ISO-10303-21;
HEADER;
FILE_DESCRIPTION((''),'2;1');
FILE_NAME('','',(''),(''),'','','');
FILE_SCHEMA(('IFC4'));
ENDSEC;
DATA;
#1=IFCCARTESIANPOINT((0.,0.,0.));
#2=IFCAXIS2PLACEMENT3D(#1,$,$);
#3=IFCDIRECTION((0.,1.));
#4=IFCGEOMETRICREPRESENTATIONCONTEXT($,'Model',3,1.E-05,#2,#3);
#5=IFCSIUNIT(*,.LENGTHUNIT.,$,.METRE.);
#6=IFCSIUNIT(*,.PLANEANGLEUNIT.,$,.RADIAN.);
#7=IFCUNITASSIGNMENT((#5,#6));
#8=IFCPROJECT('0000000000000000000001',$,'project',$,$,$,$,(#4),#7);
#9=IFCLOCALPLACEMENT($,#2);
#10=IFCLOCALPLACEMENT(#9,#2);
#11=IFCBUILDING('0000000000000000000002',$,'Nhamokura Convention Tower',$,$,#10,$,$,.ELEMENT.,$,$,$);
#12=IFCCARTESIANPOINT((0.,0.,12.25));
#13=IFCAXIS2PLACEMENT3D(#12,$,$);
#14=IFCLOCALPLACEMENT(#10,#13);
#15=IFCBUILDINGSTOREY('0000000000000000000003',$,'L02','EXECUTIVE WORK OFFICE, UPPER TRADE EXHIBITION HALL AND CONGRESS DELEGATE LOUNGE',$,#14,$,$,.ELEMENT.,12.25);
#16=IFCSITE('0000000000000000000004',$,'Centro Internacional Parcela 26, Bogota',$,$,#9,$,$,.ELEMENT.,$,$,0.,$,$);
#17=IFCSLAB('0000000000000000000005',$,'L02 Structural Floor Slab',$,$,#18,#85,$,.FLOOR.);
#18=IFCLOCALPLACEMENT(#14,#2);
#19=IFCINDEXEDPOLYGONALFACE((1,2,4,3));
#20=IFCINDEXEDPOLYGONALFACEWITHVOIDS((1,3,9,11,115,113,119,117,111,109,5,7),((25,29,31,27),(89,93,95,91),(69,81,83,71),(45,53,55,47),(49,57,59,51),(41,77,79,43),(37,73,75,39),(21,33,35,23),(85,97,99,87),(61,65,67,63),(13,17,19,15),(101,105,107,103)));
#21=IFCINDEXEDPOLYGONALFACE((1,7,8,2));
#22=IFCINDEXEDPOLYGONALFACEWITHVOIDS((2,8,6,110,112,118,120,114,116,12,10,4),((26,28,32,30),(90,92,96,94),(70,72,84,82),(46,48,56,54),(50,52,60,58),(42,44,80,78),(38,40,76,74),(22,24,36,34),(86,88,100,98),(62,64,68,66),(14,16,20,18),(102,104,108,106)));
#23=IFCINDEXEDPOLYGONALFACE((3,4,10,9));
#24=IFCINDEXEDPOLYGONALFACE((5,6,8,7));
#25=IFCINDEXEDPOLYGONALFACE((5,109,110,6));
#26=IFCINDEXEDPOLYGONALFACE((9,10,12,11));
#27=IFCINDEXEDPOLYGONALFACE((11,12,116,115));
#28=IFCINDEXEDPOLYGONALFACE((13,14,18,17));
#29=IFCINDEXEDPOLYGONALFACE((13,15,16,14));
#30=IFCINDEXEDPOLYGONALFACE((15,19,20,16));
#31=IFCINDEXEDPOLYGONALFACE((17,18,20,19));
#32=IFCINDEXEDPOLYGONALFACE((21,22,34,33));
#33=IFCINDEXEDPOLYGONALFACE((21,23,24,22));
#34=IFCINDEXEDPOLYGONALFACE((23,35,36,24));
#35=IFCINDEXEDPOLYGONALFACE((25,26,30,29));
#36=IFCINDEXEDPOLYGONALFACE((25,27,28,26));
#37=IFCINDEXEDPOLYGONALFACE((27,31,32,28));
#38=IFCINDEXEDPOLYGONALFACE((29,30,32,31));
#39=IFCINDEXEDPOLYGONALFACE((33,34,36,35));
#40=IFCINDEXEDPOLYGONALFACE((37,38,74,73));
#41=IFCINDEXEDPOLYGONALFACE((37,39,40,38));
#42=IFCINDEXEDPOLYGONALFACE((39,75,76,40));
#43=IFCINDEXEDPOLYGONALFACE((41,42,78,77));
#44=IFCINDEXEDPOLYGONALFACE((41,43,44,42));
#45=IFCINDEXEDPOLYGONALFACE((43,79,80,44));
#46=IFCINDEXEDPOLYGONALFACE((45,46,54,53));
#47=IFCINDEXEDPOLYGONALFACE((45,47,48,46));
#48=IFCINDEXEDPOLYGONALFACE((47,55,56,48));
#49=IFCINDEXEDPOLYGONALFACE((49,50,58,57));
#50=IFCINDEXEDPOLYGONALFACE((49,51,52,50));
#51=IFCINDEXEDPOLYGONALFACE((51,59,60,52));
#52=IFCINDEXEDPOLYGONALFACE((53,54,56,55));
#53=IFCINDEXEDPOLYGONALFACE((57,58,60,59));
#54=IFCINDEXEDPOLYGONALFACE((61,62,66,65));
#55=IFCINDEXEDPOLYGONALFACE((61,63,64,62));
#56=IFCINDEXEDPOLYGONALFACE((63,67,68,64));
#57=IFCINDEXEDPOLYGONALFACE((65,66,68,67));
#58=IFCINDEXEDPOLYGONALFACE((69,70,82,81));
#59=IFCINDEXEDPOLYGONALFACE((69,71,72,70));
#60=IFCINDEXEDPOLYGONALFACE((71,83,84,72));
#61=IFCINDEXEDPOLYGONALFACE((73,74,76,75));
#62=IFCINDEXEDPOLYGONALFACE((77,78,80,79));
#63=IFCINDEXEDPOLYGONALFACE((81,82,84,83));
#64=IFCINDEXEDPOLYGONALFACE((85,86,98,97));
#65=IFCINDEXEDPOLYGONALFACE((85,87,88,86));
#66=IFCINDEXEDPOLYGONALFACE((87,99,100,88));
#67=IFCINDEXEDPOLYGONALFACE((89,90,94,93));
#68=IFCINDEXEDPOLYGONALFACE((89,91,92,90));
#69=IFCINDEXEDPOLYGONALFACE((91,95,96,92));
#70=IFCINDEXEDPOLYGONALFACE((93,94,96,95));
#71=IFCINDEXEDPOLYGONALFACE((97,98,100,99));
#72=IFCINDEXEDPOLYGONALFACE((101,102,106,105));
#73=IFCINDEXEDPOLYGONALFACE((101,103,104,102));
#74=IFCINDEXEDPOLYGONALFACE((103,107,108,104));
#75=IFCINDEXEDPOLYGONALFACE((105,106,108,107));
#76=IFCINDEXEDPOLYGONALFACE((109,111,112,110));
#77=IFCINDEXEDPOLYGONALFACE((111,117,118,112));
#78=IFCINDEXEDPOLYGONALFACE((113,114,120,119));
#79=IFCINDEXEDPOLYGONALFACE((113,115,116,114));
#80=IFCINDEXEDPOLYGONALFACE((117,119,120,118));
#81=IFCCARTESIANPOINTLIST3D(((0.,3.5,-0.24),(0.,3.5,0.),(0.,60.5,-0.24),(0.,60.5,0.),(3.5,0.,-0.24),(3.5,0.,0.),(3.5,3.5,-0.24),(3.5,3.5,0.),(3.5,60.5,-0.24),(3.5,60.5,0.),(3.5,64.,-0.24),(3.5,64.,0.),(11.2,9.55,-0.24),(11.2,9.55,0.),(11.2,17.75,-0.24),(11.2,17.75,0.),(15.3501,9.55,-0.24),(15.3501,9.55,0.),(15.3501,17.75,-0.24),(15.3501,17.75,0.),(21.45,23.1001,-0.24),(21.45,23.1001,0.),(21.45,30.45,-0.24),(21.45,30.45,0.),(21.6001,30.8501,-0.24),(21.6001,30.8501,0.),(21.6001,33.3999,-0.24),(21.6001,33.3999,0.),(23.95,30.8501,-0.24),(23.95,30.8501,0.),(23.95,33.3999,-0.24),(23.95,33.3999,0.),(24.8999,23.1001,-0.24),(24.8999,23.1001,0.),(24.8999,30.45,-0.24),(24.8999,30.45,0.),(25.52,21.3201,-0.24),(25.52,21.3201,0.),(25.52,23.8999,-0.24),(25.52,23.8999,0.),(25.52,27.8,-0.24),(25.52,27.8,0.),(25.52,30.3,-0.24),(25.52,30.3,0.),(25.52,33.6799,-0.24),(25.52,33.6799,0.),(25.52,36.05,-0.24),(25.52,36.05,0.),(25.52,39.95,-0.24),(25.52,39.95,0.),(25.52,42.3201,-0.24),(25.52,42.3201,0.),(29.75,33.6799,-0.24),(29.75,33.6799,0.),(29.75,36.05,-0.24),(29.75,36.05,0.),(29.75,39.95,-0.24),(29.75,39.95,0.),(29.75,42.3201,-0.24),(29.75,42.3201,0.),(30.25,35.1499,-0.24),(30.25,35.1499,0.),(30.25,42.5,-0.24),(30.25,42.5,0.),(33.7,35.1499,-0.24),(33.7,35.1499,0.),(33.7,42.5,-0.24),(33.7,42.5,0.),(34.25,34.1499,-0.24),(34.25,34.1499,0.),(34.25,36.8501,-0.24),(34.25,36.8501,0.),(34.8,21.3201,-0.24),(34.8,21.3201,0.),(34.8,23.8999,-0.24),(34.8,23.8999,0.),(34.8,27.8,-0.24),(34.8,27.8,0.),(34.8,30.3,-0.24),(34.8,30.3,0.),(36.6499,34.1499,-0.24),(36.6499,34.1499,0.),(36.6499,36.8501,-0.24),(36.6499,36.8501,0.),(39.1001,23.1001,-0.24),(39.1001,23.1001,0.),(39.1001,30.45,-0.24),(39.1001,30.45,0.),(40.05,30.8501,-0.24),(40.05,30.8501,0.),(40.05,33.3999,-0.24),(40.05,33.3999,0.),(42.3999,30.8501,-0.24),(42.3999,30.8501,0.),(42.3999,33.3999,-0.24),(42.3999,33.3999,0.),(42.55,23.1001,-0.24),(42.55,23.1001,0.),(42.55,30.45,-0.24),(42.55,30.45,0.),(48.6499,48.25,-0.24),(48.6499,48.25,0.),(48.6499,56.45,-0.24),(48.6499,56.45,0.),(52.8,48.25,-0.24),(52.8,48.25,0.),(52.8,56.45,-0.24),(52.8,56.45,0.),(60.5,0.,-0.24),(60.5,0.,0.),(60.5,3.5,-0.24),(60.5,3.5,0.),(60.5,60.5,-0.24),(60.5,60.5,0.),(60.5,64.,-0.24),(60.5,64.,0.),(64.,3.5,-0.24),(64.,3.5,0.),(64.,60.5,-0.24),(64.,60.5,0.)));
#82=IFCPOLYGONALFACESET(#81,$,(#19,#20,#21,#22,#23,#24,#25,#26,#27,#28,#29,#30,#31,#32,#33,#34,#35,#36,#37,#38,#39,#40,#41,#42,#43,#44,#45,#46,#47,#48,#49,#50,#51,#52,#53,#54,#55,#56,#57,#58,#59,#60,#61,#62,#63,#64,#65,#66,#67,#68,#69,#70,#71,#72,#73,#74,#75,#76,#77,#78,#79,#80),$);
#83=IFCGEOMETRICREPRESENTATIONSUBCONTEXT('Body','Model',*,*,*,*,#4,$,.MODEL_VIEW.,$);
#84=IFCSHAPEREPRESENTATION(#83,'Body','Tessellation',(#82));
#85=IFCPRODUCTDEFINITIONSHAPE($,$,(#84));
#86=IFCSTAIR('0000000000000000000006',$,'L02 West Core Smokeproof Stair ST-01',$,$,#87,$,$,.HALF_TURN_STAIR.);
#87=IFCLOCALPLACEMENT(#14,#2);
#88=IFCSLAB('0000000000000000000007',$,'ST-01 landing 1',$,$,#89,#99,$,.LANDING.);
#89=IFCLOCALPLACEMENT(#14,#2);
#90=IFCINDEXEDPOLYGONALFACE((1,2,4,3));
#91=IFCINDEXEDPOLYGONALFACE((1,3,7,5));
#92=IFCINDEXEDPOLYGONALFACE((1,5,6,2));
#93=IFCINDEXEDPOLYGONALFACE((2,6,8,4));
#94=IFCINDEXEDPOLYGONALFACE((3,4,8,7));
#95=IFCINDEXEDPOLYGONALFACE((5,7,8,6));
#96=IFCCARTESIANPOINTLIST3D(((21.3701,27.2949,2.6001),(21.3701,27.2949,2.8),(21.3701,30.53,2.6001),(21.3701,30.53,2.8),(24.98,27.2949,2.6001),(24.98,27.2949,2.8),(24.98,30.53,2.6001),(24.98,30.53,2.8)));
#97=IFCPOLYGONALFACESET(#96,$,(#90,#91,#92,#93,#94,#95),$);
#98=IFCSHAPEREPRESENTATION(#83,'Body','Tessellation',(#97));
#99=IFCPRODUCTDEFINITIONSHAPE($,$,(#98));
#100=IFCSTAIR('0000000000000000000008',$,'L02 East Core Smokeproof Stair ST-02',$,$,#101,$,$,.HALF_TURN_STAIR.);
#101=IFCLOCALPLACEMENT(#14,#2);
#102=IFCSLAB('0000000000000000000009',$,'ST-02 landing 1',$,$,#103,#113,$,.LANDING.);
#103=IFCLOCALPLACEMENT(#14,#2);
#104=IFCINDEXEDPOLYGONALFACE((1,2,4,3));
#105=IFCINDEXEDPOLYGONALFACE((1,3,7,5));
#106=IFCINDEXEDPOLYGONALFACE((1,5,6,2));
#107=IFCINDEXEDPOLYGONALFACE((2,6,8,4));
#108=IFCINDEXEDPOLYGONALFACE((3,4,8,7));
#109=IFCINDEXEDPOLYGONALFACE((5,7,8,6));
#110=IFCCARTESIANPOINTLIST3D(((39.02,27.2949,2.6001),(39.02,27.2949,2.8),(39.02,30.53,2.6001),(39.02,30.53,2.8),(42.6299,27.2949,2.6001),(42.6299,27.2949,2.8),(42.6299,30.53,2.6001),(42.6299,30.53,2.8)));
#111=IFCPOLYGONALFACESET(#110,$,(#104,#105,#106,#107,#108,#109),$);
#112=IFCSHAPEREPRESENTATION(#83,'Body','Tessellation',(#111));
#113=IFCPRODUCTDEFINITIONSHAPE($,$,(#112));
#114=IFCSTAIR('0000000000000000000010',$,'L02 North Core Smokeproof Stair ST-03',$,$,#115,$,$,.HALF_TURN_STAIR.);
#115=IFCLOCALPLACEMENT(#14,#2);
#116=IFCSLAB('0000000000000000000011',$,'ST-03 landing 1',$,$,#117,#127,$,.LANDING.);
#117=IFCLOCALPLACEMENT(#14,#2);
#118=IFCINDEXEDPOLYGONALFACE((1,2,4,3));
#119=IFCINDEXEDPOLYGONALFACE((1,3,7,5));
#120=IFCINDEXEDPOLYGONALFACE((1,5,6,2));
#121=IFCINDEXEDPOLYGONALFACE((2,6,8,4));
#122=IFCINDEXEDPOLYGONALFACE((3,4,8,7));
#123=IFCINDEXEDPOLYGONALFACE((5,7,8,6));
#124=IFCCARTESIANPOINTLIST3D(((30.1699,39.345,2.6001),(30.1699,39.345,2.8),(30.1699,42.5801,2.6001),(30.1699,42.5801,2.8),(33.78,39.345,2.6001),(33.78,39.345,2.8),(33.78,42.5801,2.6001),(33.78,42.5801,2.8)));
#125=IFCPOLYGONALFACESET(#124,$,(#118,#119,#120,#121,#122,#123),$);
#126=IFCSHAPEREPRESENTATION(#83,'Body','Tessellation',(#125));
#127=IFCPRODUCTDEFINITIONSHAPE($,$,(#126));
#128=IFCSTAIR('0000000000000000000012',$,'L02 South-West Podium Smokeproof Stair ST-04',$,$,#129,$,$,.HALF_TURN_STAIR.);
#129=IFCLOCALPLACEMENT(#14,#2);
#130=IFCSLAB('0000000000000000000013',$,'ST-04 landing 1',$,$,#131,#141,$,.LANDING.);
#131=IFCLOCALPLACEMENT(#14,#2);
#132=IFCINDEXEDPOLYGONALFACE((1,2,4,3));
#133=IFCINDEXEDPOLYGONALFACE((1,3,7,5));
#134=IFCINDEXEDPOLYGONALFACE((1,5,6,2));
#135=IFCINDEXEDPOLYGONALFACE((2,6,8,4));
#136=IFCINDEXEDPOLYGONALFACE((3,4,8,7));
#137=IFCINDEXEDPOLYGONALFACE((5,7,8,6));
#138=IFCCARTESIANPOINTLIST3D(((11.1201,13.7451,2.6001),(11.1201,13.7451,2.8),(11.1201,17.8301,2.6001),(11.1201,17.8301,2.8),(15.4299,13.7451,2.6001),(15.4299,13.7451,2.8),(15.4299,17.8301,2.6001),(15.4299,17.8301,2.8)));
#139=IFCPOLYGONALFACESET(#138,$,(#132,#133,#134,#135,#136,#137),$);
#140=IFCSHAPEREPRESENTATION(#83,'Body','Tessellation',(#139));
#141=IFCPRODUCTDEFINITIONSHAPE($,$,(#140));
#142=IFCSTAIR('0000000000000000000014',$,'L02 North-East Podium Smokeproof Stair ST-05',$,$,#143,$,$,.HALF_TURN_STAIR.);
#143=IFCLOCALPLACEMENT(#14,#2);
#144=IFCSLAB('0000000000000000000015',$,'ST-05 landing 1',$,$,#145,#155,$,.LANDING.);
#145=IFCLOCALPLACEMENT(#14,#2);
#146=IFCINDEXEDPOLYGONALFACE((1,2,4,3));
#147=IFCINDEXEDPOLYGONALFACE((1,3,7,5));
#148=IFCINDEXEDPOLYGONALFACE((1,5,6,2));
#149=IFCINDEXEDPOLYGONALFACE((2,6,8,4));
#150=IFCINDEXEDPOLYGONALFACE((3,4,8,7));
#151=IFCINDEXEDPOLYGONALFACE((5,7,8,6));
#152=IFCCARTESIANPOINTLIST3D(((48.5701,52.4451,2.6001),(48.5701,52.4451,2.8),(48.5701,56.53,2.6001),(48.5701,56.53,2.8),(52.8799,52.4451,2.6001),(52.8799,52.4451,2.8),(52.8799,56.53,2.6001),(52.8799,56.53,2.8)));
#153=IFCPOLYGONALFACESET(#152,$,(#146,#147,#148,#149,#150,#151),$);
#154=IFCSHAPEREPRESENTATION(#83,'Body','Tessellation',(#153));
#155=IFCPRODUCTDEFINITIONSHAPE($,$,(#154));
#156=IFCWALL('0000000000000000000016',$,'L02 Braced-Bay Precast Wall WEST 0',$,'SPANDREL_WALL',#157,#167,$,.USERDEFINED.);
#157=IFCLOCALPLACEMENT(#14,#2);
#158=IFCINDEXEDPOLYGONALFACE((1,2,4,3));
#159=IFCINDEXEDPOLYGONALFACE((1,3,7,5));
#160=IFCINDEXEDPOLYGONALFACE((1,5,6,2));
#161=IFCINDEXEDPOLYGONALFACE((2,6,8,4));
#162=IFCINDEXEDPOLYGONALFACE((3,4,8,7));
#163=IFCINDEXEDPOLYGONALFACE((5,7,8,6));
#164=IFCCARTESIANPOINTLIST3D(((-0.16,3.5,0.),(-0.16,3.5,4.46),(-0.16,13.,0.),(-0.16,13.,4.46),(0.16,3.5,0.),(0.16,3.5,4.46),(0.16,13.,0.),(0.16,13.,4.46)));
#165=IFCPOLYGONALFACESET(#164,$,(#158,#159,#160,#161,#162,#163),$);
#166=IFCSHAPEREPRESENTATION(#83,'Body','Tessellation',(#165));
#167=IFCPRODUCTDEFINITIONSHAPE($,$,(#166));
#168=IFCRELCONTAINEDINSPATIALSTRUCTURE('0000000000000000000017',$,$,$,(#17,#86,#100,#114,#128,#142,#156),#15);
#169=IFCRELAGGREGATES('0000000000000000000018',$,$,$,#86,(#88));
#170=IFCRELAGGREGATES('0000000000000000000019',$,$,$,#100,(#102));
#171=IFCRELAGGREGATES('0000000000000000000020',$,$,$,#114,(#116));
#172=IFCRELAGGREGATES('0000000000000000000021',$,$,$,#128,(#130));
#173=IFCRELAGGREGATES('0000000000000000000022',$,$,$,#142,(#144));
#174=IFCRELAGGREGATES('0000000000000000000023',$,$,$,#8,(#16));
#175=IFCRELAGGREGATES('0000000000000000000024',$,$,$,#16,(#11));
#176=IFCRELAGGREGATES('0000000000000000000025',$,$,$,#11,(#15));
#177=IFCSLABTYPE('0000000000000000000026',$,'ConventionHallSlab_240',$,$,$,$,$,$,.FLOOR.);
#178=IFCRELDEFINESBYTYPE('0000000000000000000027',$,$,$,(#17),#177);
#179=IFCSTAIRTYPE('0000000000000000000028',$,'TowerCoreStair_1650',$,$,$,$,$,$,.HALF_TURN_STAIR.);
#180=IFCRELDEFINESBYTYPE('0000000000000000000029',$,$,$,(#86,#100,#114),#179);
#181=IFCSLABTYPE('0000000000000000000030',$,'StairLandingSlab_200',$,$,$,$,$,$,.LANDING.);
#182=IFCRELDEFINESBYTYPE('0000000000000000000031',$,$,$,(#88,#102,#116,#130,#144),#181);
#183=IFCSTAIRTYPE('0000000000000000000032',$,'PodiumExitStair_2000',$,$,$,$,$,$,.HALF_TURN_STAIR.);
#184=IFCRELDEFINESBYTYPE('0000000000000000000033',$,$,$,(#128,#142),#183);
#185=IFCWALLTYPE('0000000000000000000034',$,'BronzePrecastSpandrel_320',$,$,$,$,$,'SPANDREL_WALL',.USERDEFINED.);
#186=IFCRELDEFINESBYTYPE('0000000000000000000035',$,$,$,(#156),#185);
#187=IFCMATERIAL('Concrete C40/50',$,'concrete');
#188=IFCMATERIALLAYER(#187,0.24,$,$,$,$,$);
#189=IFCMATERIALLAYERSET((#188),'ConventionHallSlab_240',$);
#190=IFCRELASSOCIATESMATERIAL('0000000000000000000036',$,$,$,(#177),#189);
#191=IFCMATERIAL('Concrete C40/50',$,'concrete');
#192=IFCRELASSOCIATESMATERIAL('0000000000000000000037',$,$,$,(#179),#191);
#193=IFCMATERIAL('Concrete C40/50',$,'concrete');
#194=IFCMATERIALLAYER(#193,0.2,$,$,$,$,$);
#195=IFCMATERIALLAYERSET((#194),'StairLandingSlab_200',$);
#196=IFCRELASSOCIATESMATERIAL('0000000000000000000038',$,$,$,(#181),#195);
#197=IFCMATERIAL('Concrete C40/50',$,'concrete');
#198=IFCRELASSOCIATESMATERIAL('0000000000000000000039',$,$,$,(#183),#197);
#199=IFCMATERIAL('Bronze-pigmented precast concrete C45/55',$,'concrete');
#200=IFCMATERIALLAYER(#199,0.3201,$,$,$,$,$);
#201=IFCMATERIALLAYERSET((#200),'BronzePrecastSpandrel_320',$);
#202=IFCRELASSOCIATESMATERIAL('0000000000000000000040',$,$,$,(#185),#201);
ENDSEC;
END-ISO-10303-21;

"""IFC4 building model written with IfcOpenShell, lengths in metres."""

from ifc_helpers import new_model, si_unit, direction, frame, frame_2d, origin, place, context, subcontext, project, spatial, polyline, rectangle, outline, extrude, material, layer, layer_set, type_object, element, aggregate, save


model = new_model("IFC4")

# Units and contexts
model_context = context("Model", 3, precision=1e-05, world=origin(), true_north=direction((0.0, 1.0)))
body_context = subcontext(model_context, "Body", "Model", "MODEL_VIEW")
ifc_project = project(units=[si_unit("LENGTHUNIT", "METRE"), si_unit("PLANEANGLEUNIT", "RADIAN")], contexts=[model_context])

# Site, building, storey
site_placement = place(None, origin())
site = spatial("IfcSite", under=ifc_project, at=site_placement, Name="Centro Internacional Parcela 26, Bogota", CompositionType="ELEMENT", RefElevation=0.0)
building_placement = place(site_placement, origin())
building = spatial("IfcBuilding", under=site, at=building_placement, Name="Nhamokura Convention Tower", CompositionType="ELEMENT")
storey_placement = place(building_placement, frame((0.0, 0.0, 12.25)))
storey = spatial("IfcBuildingStorey", under=building, at=storey_placement, Name="L02", Description="EXECUTIVE WORK OFFICE, UPPER TRADE EXHIBITION HALL AND CONGRESS DELEGATE LOUNGE", CompositionType="ELEMENT", Elevation=12.25)

# Slab
ifc_material_1 = material(Name="Concrete C40/50", Category="concrete")
ifc_layer_1 = layer(ifc_material_1, 0.24)
ifc_layer_set_1 = layer_set([ifc_layer_1], Name="ConventionHallSlab_240")
slab_type_1 = type_object("IfcSlabType", Name="ConventionHallSlab_240", PredefinedType="FLOOR", material=ifc_layer_set_1)
slab_1_placement = place(storey_placement, frame((0.0, 0.0, -0.24)))
element("IfcSlab", 1, at=slab_1_placement, inside=storey, type_object=slab_type_1, Name="L02 Structural Floor Slab", PredefinedType="FLOOR", context=body_context, shape_type="SweptSolid", body=[
    extrude(outline(polyline([(3.5, 0.0), (60.5, 0.0), (60.5, 3.5), (64.0, 3.5), (64.0, 60.5), (60.5, 60.5), (60.5, 64.0), (3.5, 64.0), (3.5, 60.5), (0.0, 60.5), (0.0, 3.5), (3.5, 3.5), (3.5, 0.0)]), holes=[polyline([(24.8999, 23.1001), (24.8999, 30.45), (21.45, 30.45), (21.45, 23.1001), (24.8999, 23.1001)]), polyline([(42.55, 23.1001), (42.55, 30.45), (39.1001, 30.45), (39.1001, 23.1001), (42.55, 23.1001)]), polyline([(33.7, 35.1499), (33.7, 42.5), (30.25, 42.5), (30.25, 35.1499), (33.7, 35.1499)]), polyline([(15.3501, 9.55), (15.3501, 17.75), (11.2, 17.75), (11.2, 9.55), (15.3501, 9.55)]), polyline([(52.8, 48.25), (52.8, 56.45), (48.6499, 56.45), (48.6499, 48.25), (52.8, 48.25)]), polyline([(21.6001, 30.8501), (23.95, 30.8501), (23.95, 33.3999), (21.6001, 33.3999), (21.6001, 30.8501)]), polyline([(40.05, 30.8501), (42.3999, 30.8501), (42.3999, 33.3999), (40.05, 33.3999), (40.05, 30.8501)]), polyline([(34.25, 34.1499), (36.6499, 34.1499), (36.6499, 36.8501), (34.25, 36.8501), (34.25, 34.1499)]), polyline([(25.52, 21.3201), (34.8, 21.3201), (34.8, 23.8999), (25.52, 23.8999), (25.52, 21.3201)]), polyline([(25.52, 27.8), (34.8, 27.8), (34.8, 30.3), (25.52, 30.3), (25.52, 27.8)]), polyline([(25.52, 33.6799), (29.75, 33.6799), (29.75, 36.05), (25.52, 36.05), (25.52, 33.6799)]), polyline([(25.52, 39.95), (29.75, 39.95), (29.75, 42.3201), (25.52, 42.3201), (25.52, 39.95)])]), origin(), (0.0, 0.0, 1.0), 0.24),
])

# Stairs, slabs
ifc_material_2 = material(Name="Concrete C40/50", Category="concrete")
stair_type_1 = type_object("IfcStairType", Name="TowerCoreStair_1650", PredefinedType="HALF_TURN_STAIR", material=ifc_material_2)
stair_1_placement = place(storey_placement, origin())
stair_1 = element("IfcStair", 2, at=stair_1_placement, inside=storey, type_object=stair_type_1, Name="L02 West Core Smokeproof Stair ST-01", PredefinedType="HALF_TURN_STAIR")
ifc_material_3 = material(Name="Concrete C40/50", Category="concrete")
ifc_layer_2 = layer(ifc_material_3, 0.2)
ifc_layer_set_2 = layer_set([ifc_layer_2], Name="StairLandingSlab_200")
slab_type_2 = type_object("IfcSlabType", Name="StairLandingSlab_200", PredefinedType="LANDING", material=ifc_layer_set_2)
slab_2_placement = place(storey_placement, frame((0.0, 0.0, 2.6001)))
slab_2 = element("IfcSlab", 3, at=slab_2_placement, type_object=slab_type_2, Name="ST-01 landing 1", PredefinedType="LANDING", context=body_context, shape_type="SweptSolid", body=[
    extrude(outline(polyline([(24.98, 27.2949), (24.98, 30.53), (21.3701, 30.53), (21.3701, 27.2949), (24.98, 27.2949)])), origin(), (0.0, 0.0, 1.0), 0.2),
])
aggregate(stair_1, [slab_2])
stair_2_placement = place(storey_placement, origin())
stair_2 = element("IfcStair", 4, at=stair_2_placement, inside=storey, type_object=stair_type_1, Name="L02 East Core Smokeproof Stair ST-02", PredefinedType="HALF_TURN_STAIR")
slab_3_placement = place(storey_placement, frame((0.0, 0.0, 2.6001)))
slab_3 = element("IfcSlab", 5, at=slab_3_placement, type_object=slab_type_2, Name="ST-02 landing 1", PredefinedType="LANDING", context=body_context, shape_type="SweptSolid", body=[
    extrude(outline(polyline([(42.6299, 27.2949), (42.6299, 30.53), (39.02, 30.53), (39.02, 27.2949), (42.6299, 27.2949)])), origin(), (0.0, 0.0, 1.0), 0.2),
])
aggregate(stair_2, [slab_3])
stair_3_placement = place(storey_placement, origin())
stair_3 = element("IfcStair", 6, at=stair_3_placement, inside=storey, type_object=stair_type_1, Name="L02 North Core Smokeproof Stair ST-03", PredefinedType="HALF_TURN_STAIR")
slab_4_placement = place(storey_placement, frame((0.0, 0.0, 2.6001)))
slab_4 = element("IfcSlab", 7, at=slab_4_placement, type_object=slab_type_2, Name="ST-03 landing 1", PredefinedType="LANDING", context=body_context, shape_type="SweptSolid", body=[
    extrude(outline(polyline([(33.78, 39.345), (33.78, 42.5801), (30.1699, 42.5801), (30.1699, 39.345), (33.78, 39.345)])), origin(), (0.0, 0.0, 1.0), 0.2),
])
aggregate(stair_3, [slab_4])
ifc_material_4 = material(Name="Concrete C40/50", Category="concrete")
stair_type_2 = type_object("IfcStairType", Name="PodiumExitStair_2000", PredefinedType="HALF_TURN_STAIR", material=ifc_material_4)
stair_4_placement = place(storey_placement, origin())
stair_4 = element("IfcStair", 8, at=stair_4_placement, inside=storey, type_object=stair_type_2, Name="L02 South-West Podium Smokeproof Stair ST-04", PredefinedType="HALF_TURN_STAIR")
slab_5_placement = place(storey_placement, frame((0.0, 0.0, 2.6001)))
slab_5 = element("IfcSlab", 9, at=slab_5_placement, type_object=slab_type_2, Name="ST-04 landing 1", PredefinedType="LANDING", context=body_context, shape_type="SweptSolid", body=[
    extrude(outline(polyline([(15.4299, 13.7451), (15.4299, 17.8301), (11.1201, 17.8301), (11.1201, 13.7451), (15.4299, 13.7451)])), origin(), (0.0, 0.0, 1.0), 0.2),
])
aggregate(stair_4, [slab_5])
stair_5_placement = place(storey_placement, origin())
stair_5 = element("IfcStair", 10, at=stair_5_placement, inside=storey, type_object=stair_type_2, Name="L02 North-East Podium Smokeproof Stair ST-05", PredefinedType="HALF_TURN_STAIR")
slab_6_placement = place(storey_placement, frame((0.0, 0.0, 2.6001)))
slab_6 = element("IfcSlab", 11, at=slab_6_placement, type_object=slab_type_2, Name="ST-05 landing 1", PredefinedType="LANDING", context=body_context, shape_type="SweptSolid", body=[
    extrude(outline(polyline([(52.8799, 52.4451), (52.8799, 56.53), (48.5701, 56.53), (48.5701, 52.4451), (52.8799, 52.4451)])), origin(), (0.0, 0.0, 1.0), 0.2),
])
aggregate(stair_5, [slab_6])

# Wall
ifc_material_5 = material(Name="Bronze-pigmented precast concrete C45/55", Category="concrete")
ifc_layer_3 = layer(ifc_material_5, 0.3201)
ifc_layer_set_3 = layer_set([ifc_layer_3], Name="BronzePrecastSpandrel_320")
wall_type_1 = type_object("IfcWallType", Name="BronzePrecastSpandrel_320", ElementType="SPANDREL_WALL", PredefinedType="USERDEFINED", material=ifc_layer_set_3)
wall_1_placement = place(storey_placement, frame((0.0, 3.5, 0.0), z_axis=(0.0, 0.0, 1.0), x_axis=(0.0, 1.0, 0.0)))
element("IfcWall", 12, at=wall_1_placement, inside=storey, type_object=wall_type_1, Name="L02 Braced-Bay Precast Wall WEST 0", ObjectType="SPANDREL_WALL", PredefinedType="USERDEFINED", context=body_context, shape_type="SweptSolid", body=[
    extrude(rectangle(XDim=9.5, YDim=0.3201, at=frame_2d((4.75, 0.0))), origin(), (0.0, 0.0, 1.0), 4.46),
])

save(model, "model.ifc")
